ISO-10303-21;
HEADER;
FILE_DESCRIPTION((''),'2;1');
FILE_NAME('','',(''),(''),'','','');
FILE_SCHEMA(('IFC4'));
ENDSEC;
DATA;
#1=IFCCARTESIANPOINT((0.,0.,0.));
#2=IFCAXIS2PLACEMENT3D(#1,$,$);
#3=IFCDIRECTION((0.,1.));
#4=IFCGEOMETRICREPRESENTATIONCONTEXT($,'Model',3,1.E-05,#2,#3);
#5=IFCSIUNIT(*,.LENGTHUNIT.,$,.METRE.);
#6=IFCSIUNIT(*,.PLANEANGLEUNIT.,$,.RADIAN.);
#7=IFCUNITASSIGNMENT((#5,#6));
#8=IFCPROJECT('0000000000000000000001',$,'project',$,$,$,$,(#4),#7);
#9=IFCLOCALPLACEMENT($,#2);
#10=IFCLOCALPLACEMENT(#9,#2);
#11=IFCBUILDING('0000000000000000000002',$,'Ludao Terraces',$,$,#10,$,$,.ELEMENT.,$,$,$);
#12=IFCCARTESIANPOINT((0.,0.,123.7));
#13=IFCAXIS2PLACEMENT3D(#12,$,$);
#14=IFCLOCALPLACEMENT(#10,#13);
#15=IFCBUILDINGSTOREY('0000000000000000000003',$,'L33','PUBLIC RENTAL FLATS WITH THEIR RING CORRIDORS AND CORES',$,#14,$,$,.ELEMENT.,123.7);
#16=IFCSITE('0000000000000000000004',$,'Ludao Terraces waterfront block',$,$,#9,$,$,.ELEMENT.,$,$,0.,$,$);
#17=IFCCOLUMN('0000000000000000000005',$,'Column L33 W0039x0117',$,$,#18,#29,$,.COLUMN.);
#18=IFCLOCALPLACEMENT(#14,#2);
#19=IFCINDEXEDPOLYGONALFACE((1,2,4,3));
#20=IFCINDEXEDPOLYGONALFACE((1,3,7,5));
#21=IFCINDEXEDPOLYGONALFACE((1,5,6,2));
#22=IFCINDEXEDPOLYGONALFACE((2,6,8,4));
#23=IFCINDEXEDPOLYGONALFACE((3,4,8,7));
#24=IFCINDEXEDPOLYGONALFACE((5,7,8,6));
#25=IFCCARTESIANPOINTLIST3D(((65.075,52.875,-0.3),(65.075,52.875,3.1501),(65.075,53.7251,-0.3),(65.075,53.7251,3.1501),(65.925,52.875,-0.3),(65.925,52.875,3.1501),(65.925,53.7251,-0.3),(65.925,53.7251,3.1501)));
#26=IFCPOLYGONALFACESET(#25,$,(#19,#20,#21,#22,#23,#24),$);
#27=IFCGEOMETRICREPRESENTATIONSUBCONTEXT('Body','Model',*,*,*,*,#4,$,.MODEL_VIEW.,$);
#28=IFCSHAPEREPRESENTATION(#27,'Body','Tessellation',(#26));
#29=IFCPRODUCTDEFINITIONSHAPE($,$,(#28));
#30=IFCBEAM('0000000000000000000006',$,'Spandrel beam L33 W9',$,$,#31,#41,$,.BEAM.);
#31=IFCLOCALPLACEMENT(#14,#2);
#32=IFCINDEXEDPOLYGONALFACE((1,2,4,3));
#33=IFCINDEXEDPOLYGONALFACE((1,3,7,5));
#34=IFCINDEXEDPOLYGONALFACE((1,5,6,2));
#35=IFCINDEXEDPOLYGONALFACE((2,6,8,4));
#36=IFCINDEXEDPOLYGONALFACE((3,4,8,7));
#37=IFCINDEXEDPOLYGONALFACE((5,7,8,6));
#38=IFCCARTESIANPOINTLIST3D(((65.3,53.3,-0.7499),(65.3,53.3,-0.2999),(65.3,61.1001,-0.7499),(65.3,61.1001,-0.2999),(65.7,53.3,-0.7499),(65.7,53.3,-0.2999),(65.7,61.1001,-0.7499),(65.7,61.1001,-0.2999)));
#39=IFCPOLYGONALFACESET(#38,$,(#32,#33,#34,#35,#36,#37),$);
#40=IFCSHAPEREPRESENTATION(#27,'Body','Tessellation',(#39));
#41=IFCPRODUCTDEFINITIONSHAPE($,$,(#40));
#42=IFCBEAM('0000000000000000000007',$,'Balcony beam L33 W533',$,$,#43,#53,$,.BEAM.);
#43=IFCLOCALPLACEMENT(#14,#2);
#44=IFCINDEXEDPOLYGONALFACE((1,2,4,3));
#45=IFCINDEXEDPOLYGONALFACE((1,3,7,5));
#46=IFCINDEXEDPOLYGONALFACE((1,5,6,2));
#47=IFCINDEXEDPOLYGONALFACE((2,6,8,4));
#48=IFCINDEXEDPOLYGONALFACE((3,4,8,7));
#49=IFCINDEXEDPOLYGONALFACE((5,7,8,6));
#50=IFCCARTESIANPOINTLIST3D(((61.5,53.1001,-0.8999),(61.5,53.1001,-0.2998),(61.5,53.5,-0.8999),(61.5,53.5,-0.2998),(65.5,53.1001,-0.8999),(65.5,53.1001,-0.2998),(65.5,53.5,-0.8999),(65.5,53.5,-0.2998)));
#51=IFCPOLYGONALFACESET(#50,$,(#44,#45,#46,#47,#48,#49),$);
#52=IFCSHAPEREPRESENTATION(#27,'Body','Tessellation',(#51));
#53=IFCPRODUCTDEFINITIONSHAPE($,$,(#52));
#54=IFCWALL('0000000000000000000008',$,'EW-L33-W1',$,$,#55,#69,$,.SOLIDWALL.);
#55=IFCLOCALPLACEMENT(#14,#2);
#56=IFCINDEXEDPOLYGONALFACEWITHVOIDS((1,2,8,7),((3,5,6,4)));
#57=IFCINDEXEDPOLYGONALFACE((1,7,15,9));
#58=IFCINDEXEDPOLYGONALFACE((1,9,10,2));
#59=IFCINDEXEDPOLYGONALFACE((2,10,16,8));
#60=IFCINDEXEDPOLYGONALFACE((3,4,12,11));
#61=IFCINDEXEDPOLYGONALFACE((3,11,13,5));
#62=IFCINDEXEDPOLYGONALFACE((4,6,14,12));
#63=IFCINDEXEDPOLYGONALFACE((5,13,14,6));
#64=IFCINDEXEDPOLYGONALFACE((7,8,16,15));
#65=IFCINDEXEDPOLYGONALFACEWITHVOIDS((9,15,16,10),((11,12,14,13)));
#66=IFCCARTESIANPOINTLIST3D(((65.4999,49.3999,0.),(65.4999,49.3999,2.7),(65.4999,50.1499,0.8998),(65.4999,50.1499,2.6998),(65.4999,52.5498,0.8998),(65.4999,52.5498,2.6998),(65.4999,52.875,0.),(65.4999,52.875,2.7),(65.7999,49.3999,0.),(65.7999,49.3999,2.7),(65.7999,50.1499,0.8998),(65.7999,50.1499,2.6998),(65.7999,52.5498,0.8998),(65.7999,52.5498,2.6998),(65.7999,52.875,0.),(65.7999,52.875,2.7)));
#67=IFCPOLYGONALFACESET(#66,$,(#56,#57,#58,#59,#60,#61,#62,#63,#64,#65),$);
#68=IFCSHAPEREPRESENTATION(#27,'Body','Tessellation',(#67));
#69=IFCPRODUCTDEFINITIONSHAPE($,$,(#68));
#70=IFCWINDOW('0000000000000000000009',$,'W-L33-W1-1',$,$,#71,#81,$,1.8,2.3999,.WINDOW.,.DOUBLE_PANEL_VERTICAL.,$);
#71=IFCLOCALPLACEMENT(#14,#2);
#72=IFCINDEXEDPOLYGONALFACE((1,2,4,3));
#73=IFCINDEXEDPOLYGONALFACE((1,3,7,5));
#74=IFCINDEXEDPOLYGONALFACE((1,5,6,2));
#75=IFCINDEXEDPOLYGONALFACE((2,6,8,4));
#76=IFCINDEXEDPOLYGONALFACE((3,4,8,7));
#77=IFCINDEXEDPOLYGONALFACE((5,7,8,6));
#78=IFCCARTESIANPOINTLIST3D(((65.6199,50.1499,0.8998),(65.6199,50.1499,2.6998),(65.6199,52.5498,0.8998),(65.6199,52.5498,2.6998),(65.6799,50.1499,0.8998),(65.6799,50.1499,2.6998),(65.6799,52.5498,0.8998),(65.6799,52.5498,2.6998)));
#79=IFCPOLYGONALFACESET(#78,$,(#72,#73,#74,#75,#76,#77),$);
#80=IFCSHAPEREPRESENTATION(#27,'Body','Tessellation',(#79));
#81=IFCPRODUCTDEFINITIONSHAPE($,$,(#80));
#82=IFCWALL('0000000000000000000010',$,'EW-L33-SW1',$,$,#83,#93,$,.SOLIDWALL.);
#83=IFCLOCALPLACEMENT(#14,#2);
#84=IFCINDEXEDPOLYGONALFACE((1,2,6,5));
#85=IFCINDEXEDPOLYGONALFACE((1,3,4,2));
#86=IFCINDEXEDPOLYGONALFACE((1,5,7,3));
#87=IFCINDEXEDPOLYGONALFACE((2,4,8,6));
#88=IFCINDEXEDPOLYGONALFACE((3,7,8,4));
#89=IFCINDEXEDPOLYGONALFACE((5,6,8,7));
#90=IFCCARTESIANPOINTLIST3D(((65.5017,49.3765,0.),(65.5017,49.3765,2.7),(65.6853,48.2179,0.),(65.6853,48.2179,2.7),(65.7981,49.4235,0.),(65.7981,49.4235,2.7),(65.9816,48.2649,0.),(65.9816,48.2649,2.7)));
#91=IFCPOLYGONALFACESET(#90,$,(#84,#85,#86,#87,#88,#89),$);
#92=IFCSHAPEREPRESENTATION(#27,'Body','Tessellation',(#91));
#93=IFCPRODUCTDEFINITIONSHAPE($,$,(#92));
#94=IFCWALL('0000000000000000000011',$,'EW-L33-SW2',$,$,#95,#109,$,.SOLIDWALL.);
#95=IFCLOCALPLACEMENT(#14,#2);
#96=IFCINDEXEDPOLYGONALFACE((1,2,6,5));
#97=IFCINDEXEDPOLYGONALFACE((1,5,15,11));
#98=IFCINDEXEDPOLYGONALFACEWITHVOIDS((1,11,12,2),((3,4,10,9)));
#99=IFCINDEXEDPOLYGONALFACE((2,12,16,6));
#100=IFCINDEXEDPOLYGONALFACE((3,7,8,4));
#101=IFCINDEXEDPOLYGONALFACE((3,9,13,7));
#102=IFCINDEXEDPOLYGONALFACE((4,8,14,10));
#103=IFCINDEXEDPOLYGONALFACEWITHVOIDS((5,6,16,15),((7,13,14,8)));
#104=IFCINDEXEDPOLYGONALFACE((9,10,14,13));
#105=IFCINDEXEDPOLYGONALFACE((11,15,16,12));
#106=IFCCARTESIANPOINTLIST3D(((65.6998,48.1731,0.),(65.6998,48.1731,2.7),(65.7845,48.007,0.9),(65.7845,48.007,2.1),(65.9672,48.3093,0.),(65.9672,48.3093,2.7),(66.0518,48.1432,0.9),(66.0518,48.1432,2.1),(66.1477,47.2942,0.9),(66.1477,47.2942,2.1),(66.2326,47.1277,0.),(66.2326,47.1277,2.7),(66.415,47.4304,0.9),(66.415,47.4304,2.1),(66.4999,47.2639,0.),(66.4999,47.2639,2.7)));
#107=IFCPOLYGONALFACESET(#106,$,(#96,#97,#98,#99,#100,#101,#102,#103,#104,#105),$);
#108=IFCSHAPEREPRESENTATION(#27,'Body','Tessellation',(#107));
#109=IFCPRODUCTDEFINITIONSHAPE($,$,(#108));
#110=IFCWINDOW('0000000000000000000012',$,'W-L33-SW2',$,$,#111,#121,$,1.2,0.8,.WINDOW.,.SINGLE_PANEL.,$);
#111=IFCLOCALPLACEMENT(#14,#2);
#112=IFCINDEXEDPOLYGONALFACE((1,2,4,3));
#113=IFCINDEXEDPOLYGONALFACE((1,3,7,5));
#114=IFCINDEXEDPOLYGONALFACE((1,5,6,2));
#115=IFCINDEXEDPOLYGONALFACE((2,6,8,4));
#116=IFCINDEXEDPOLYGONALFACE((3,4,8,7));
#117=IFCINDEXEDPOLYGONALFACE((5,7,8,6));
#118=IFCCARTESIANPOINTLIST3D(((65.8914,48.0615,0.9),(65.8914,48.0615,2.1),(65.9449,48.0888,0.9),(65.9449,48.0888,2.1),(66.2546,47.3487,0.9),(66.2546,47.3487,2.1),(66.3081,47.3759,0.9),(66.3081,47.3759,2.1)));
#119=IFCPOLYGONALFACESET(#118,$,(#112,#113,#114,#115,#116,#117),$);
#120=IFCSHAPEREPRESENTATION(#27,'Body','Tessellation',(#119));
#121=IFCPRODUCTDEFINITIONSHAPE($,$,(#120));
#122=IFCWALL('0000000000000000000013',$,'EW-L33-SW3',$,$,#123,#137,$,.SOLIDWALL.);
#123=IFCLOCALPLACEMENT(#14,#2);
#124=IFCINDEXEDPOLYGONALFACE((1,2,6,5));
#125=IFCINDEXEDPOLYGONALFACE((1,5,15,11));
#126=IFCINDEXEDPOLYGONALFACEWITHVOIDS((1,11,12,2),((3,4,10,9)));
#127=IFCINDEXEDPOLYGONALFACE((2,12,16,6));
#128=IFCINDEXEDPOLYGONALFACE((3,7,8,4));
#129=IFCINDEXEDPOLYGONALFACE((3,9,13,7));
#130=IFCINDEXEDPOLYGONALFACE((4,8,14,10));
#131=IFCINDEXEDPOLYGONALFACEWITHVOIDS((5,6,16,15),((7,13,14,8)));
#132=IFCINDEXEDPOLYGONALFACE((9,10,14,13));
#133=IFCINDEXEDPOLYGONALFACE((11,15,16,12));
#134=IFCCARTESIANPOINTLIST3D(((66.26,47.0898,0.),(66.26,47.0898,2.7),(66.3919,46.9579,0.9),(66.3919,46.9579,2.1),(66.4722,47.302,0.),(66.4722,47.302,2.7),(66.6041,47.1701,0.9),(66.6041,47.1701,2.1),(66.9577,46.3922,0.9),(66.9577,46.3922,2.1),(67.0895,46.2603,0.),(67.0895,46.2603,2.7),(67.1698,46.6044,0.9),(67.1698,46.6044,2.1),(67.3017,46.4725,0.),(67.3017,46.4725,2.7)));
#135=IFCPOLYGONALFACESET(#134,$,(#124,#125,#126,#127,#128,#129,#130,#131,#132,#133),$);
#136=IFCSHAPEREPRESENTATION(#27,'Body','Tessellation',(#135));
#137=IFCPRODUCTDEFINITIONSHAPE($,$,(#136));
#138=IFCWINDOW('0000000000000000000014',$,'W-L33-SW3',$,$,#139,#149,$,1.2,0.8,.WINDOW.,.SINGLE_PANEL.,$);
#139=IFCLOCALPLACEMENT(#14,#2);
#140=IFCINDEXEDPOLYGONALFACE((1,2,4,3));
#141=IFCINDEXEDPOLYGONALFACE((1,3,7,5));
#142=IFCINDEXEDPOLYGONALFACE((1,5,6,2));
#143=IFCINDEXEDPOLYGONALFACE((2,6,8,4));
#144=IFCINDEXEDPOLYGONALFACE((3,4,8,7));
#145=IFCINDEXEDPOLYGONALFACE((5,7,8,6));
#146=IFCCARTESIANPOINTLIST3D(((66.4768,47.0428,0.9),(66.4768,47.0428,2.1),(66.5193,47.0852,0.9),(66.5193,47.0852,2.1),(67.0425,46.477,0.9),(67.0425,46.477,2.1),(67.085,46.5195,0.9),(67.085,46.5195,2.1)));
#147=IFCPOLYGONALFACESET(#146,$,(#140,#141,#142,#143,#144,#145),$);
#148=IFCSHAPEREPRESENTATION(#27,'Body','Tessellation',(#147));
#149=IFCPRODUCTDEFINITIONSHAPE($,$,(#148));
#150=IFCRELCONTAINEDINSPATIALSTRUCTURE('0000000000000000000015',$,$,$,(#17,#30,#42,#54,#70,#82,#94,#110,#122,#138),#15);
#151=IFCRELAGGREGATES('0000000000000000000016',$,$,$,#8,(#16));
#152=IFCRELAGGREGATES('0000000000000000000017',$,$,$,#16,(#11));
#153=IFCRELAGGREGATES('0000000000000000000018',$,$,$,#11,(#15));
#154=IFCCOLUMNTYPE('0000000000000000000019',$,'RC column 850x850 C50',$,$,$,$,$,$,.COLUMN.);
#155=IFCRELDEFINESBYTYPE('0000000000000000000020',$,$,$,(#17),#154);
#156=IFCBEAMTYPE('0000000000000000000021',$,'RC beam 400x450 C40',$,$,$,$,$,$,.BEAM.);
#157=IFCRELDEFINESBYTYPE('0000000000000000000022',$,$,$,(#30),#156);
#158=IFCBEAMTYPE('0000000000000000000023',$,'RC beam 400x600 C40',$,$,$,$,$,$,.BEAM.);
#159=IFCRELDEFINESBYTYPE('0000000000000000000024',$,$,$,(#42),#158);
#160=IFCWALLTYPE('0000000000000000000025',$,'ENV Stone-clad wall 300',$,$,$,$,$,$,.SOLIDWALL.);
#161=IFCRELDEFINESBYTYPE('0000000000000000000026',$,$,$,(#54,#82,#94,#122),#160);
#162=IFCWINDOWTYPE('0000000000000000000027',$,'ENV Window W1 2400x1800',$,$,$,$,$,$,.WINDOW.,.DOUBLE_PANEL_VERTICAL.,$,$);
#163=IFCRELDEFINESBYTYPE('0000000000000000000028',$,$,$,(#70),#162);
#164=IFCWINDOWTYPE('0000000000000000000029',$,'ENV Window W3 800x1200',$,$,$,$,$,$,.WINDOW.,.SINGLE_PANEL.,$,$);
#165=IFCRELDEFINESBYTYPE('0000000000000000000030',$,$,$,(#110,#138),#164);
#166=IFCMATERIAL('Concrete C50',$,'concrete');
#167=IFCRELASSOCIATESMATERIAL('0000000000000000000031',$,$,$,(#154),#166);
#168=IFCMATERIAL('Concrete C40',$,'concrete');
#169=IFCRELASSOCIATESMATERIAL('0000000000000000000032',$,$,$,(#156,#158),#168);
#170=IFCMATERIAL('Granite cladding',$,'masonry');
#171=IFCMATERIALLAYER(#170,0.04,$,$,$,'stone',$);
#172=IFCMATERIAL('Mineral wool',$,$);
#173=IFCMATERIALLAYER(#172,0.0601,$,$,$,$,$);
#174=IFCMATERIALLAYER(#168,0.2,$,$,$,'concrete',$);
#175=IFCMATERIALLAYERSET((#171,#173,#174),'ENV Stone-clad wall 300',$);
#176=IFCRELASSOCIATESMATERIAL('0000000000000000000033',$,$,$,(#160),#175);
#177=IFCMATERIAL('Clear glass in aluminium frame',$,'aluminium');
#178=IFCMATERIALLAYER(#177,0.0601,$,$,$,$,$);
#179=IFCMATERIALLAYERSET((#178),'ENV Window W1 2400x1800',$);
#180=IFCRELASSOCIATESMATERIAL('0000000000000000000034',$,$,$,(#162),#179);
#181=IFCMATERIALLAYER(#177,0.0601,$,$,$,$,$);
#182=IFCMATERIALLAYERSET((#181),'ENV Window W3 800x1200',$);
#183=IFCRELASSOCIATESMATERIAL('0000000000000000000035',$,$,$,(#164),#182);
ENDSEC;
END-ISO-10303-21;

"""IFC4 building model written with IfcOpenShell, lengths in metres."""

from ifc_helpers import new_model, si_unit, direction, frame, frame_2d, origin, origin_2d, place, context, subcontext, project, spatial, rectangle, extrude, material, layer, layer_set, material_profile, profile_set, type_object, element, fill, save


model = new_model("IFC4")

# Units and contexts
model_context = context("Model", 3, precision=1e-05, world=origin(), true_north=direction((0.0, 1.0)))
body_context = subcontext(model_context, "Body", "Model", "MODEL_VIEW")
ifc_project = project(units=[si_unit("LENGTHUNIT", "METRE"), si_unit("PLANEANGLEUNIT", "RADIAN")], contexts=[model_context])

# Site, building, storey
site_placement = place(None, origin())
site = spatial("IfcSite", under=ifc_project, at=site_placement, Name="Ludao Terraces waterfront block", CompositionType="ELEMENT", RefElevation=0.0)
building_placement = place(site_placement, origin())
building = spatial("IfcBuilding", under=site, at=building_placement, Name="Ludao Terraces", CompositionType="ELEMENT")
storey_placement = place(building_placement, frame((0.0, 0.0, 123.7)))
storey = spatial("IfcBuildingStorey", under=building, at=storey_placement, Name="L33", Description="PUBLIC RENTAL FLATS WITH THEIR RING CORRIDORS AND CORES", CompositionType="ELEMENT", Elevation=123.7)

# Column
ifc_material_1 = material(Name="Concrete C50", Category="concrete")
ifc_material_profile_1 = material_profile(ifc_material_1, rectangle(XDim=0.8501, YDim=0.8501, at=origin_2d()), Name="850 X 850")
ifc_profile_set_1 = profile_set([ifc_material_profile_1], Name="Concrete C50")
column_type = type_object("IfcColumnType", Name="RC column 850x850 C50", PredefinedType="COLUMN", material=ifc_profile_set_1)
column_placement = place(storey_placement, frame((65.5, 53.3, -0.3), z_axis=(0.0, 0.0, 1.0), x_axis=(1.0, 0.0, 0.0)))
element("IfcColumn", 1, at=column_placement, inside=storey, type_object=column_type, Name="Column L33 W0039x0117", PredefinedType="COLUMN", context=body_context, shape_type="SweptSolid", body=[
    extrude(rectangle(XDim=0.8501, YDim=0.8501, at=origin_2d()), origin(), (0.0, 0.0, 1.0), 3.4502),
])

# Beams
ifc_material_2 = material(Name="Concrete C40", Category="concrete")
ifc_material_profile_2 = material_profile(ifc_material_2, rectangle(XDim=0.3999, YDim=0.45, at=origin_2d()), Name="400 X 450")
ifc_profile_set_2 = profile_set([ifc_material_profile_2], Name="Concrete C40")
beam_type_1 = type_object("IfcBeamType", Name="RC beam 400x450 C40", PredefinedType="BEAM", material=ifc_profile_set_2)
beam_1_placement = place(storey_placement, frame((65.5, 53.3, -0.5249), z_axis=(0.0, 1.0, 0.0), x_axis=(-1.0, 0.0, 0.0)))
element("IfcBeam", 2, at=beam_1_placement, inside=storey, type_object=beam_type_1, Name="Spandrel beam L33 W9", PredefinedType="BEAM", context=body_context, shape_type="SweptSolid", body=[
    extrude(rectangle(XDim=0.3999, YDim=0.45, at=origin_2d()), origin(), (0.0, 0.0, 1.0), 7.8),
])
ifc_material_profile_3 = material_profile(ifc_material_2, rectangle(XDim=0.3999, YDim=0.6001, at=origin_2d()), Name="400 X 600")
ifc_profile_set_3 = profile_set([ifc_material_profile_3], Name="Concrete C40")
beam_type_2 = type_object("IfcBeamType", Name="RC beam 400x600 C40", PredefinedType="BEAM", material=ifc_profile_set_3)
beam_2_placement = place(storey_placement, frame((65.5, 53.3, -0.5999), z_axis=(-1.0, 0.0, 0.0), x_axis=(0.0, -1.0, 0.0)))
element("IfcBeam", 3, at=beam_2_placement, inside=storey, type_object=beam_type_2, Name="Balcony beam L33 W533", PredefinedType="BEAM", context=body_context, shape_type="SweptSolid", body=[
    extrude(rectangle(XDim=0.3999, YDim=0.6001, at=origin_2d()), origin(), (0.0, 0.0, 1.0), 4.0),
])

# Wall, opening, window
ifc_material_3 = material(Name="Granite cladding", Category="masonry")
ifc_layer_1 = layer(ifc_material_3, 0.04, Category="stone")
ifc_material_4 = material(Name="Mineral wool")
ifc_layer_2 = layer(ifc_material_4, 0.0601)
ifc_layer_3 = layer(ifc_material_2, 0.2, Category="concrete")
ifc_layer_set_1 = layer_set([ifc_layer_1, ifc_layer_2, ifc_layer_3], Name="ENV Stone-clad wall 300")
wall_type_1 = type_object("IfcWallType", Name="ENV Stone-clad wall 300", PredefinedType="SOLIDWALL", material=ifc_layer_set_1)
wall_1_placement = place(storey_placement, frame((65.6499, 49.3999, 0.0), z_axis=(0.0, 0.0, 1.0), x_axis=(0.0, 1.0, 0.0)))
wall_1 = element("IfcWall", 4, at=wall_1_placement, inside=storey, type_object=wall_type_1, Name="EW-L33-W1", PredefinedType="SOLIDWALL", context=body_context, shape_type="SweptSolid", body=[
    extrude(rectangle(XDim=3.4751, YDim=0.3, at=frame_2d((1.7375, 0.0))), origin(), (0.0, 0.0, 1.0), 2.7),
])
opening_1_placement = place(wall_1_placement, frame((0.75, 0.0, 0.8999)))
opening_1 = element("IfcOpeningElement", 5, at=opening_1_placement, cuts=wall_1, PredefinedType="OPENING", context=body_context, shape_type="SweptSolid", body=[
    extrude(rectangle(XDim=2.3999, YDim=1.8, at=frame_2d((1.2, 0.8999))), frame((0.0, 0.1602, 0.0), z_axis=(0.0, -1.0, 0.0), x_axis=(1.0, 0.0, 0.0)), (0.0, 0.0, 1.0), 0.3201),
])
ifc_material_5 = material(Name="Clear glass in aluminium frame", Category="aluminium")
ifc_layer_4 = layer(ifc_material_5, 0.0601)
ifc_layer_set_2 = layer_set([ifc_layer_4], Name="ENV Window W1 2400x1800")
window_type_1 = type_object("IfcWindowType", Name="ENV Window W1 2400x1800", PartitioningType="DOUBLE_PANEL_VERTICAL", PredefinedType="WINDOW", material=ifc_layer_set_2)
window_1_placement = place(opening_1_placement, origin())
window_1 = element("IfcWindow", 6, at=window_1_placement, inside=storey, type_object=window_type_1, Name="W-L33-W1-1", OverallHeight=1.8, OverallWidth=2.3999, PartitioningType="DOUBLE_PANEL_VERTICAL", PredefinedType="WINDOW", context=body_context, shape_type="SweptSolid", body=[
    extrude(rectangle(XDim=2.3999, YDim=1.8, at=frame_2d((1.2, 0.8999))), frame((0.0, 0.03, 0.0), z_axis=(0.0, -1.0, 0.0), x_axis=(1.0, 0.0, 0.0)), (0.0, 0.0, 1.0), 0.0601),
])
fill(opening_1, window_1)

# Wall
wall_2_placement = place(storey_placement, frame((65.6499, 49.3999, 0.0), z_axis=(0.0, 0.0, 1.0), x_axis=(0.156497, -0.987678, 0.0)))
element("IfcWall", 7, at=wall_2_placement, inside=storey, type_object=wall_type_1, Name="EW-L33-SW1", PredefinedType="SOLIDWALL", context=body_context, shape_type="SweptSolid", body=[
    extrude(rectangle(XDim=1.1731, YDim=0.3, at=frame_2d((0.5864, 0.0))), origin(), (0.0, 0.0, 1.0), 2.7),
])

# Walls, openings, windows
wall_3_placement = place(storey_placement, frame((65.8335, 48.2412, 0.0), z_axis=(0.0, 0.0, 1.0), x_axis=(0.454026, -0.890989, 0.0)))
wall_3 = element("IfcWall", 8, at=wall_3_placement, inside=storey, type_object=wall_type_1, Name="EW-L33-SW2", PredefinedType="SOLIDWALL", context=body_context, shape_type="SweptSolid", body=[
    extrude(rectangle(XDim=1.1733, YDim=0.3, at=frame_2d((0.5867, 0.0))), origin(), (0.0, 0.0, 1.0), 2.7),
])
opening_2_placement = place(wall_3_placement, frame((0.1865, 0.0, 0.8999)))
opening_2 = element("IfcOpeningElement", 9, at=opening_2_placement, cuts=wall_3, PredefinedType="OPENING", context=body_context, shape_type="SweptSolid", body=[
    extrude(rectangle(XDim=0.8, YDim=1.2, at=frame_2d((0.3999, 0.6001))), frame((0.0, 0.1602, 0.0), z_axis=(0.0, -1.0, 0.0), x_axis=(1.0, 0.0, 0.0)), (0.0, 0.0, 1.0), 0.3201),
])
ifc_layer_5 = layer(ifc_material_5, 0.0601)
ifc_layer_set_3 = layer_set([ifc_layer_5], Name="ENV Window W3 800x1200")
window_type_2 = type_object("IfcWindowType", Name="ENV Window W3 800x1200", PartitioningType="SINGLE_PANEL", PredefinedType="WINDOW", material=ifc_layer_set_3)
window_2_placement = place(opening_2_placement, origin())
window_2 = element("IfcWindow", 10, at=window_2_placement, inside=storey, type_object=window_type_2, Name="W-L33-SW2", OverallHeight=1.2, OverallWidth=0.8, PartitioningType="SINGLE_PANEL", PredefinedType="WINDOW", context=body_context, shape_type="SweptSolid", body=[
    extrude(rectangle(XDim=0.8, YDim=1.2, at=frame_2d((0.3999, 0.6001))), frame((0.0, 0.03, 0.0), z_axis=(0.0, -1.0, 0.0), x_axis=(1.0, 0.0, 0.0)), (0.0, 0.0, 1.0), 0.0601),
])
fill(opening_2, window_2)
wall_4_placement = place(storey_placement, frame((66.3662, 47.1958, 0.0), z_axis=(0.0, 0.0, 1.0), x_axis=(0.707107, -0.707107, 0.0)))
wall_4 = element("IfcWall", 11, at=wall_4_placement, inside=storey, type_object=wall_type_1, Name="EW-L33-SW3", PredefinedType="SOLIDWALL", context=body_context, shape_type="SweptSolid", body=[
    extrude(rectangle(XDim=1.1731, YDim=0.3, at=frame_2d((0.5864, 0.0))), origin(), (0.0, 0.0, 1.0), 2.7),
])
opening_3_placement = place(wall_4_placement, frame((0.1865, 0.0, 0.8999)))
opening_3 = element("IfcOpeningElement", 12, at=opening_3_placement, cuts=wall_4, PredefinedType="OPENING", context=body_context, shape_type="SweptSolid", body=[
    extrude(rectangle(XDim=0.8, YDim=1.2, at=frame_2d((0.3999, 0.6001))), frame((0.0, 0.1602, 0.0), z_axis=(0.0, -1.0, 0.0), x_axis=(1.0, 0.0, 0.0)), (0.0, 0.0, 1.0), 0.3201),
])
window_3_placement = place(opening_3_placement, origin())
window_3 = element("IfcWindow", 13, at=window_3_placement, inside=storey, type_object=window_type_2, Name="W-L33-SW3", OverallHeight=1.2, OverallWidth=0.8, PartitioningType="SINGLE_PANEL", PredefinedType="WINDOW", context=body_context, shape_type="SweptSolid", body=[
    extrude(rectangle(XDim=0.8, YDim=1.2, at=frame_2d((0.3999, 0.6001))), frame((0.0, 0.03, 0.0), z_axis=(0.0, -1.0, 0.0), x_axis=(1.0, 0.0, 0.0)), (0.0, 0.0, 1.0), 0.0601),
])
fill(opening_3, window_3)

save(model, "model.ifc")
